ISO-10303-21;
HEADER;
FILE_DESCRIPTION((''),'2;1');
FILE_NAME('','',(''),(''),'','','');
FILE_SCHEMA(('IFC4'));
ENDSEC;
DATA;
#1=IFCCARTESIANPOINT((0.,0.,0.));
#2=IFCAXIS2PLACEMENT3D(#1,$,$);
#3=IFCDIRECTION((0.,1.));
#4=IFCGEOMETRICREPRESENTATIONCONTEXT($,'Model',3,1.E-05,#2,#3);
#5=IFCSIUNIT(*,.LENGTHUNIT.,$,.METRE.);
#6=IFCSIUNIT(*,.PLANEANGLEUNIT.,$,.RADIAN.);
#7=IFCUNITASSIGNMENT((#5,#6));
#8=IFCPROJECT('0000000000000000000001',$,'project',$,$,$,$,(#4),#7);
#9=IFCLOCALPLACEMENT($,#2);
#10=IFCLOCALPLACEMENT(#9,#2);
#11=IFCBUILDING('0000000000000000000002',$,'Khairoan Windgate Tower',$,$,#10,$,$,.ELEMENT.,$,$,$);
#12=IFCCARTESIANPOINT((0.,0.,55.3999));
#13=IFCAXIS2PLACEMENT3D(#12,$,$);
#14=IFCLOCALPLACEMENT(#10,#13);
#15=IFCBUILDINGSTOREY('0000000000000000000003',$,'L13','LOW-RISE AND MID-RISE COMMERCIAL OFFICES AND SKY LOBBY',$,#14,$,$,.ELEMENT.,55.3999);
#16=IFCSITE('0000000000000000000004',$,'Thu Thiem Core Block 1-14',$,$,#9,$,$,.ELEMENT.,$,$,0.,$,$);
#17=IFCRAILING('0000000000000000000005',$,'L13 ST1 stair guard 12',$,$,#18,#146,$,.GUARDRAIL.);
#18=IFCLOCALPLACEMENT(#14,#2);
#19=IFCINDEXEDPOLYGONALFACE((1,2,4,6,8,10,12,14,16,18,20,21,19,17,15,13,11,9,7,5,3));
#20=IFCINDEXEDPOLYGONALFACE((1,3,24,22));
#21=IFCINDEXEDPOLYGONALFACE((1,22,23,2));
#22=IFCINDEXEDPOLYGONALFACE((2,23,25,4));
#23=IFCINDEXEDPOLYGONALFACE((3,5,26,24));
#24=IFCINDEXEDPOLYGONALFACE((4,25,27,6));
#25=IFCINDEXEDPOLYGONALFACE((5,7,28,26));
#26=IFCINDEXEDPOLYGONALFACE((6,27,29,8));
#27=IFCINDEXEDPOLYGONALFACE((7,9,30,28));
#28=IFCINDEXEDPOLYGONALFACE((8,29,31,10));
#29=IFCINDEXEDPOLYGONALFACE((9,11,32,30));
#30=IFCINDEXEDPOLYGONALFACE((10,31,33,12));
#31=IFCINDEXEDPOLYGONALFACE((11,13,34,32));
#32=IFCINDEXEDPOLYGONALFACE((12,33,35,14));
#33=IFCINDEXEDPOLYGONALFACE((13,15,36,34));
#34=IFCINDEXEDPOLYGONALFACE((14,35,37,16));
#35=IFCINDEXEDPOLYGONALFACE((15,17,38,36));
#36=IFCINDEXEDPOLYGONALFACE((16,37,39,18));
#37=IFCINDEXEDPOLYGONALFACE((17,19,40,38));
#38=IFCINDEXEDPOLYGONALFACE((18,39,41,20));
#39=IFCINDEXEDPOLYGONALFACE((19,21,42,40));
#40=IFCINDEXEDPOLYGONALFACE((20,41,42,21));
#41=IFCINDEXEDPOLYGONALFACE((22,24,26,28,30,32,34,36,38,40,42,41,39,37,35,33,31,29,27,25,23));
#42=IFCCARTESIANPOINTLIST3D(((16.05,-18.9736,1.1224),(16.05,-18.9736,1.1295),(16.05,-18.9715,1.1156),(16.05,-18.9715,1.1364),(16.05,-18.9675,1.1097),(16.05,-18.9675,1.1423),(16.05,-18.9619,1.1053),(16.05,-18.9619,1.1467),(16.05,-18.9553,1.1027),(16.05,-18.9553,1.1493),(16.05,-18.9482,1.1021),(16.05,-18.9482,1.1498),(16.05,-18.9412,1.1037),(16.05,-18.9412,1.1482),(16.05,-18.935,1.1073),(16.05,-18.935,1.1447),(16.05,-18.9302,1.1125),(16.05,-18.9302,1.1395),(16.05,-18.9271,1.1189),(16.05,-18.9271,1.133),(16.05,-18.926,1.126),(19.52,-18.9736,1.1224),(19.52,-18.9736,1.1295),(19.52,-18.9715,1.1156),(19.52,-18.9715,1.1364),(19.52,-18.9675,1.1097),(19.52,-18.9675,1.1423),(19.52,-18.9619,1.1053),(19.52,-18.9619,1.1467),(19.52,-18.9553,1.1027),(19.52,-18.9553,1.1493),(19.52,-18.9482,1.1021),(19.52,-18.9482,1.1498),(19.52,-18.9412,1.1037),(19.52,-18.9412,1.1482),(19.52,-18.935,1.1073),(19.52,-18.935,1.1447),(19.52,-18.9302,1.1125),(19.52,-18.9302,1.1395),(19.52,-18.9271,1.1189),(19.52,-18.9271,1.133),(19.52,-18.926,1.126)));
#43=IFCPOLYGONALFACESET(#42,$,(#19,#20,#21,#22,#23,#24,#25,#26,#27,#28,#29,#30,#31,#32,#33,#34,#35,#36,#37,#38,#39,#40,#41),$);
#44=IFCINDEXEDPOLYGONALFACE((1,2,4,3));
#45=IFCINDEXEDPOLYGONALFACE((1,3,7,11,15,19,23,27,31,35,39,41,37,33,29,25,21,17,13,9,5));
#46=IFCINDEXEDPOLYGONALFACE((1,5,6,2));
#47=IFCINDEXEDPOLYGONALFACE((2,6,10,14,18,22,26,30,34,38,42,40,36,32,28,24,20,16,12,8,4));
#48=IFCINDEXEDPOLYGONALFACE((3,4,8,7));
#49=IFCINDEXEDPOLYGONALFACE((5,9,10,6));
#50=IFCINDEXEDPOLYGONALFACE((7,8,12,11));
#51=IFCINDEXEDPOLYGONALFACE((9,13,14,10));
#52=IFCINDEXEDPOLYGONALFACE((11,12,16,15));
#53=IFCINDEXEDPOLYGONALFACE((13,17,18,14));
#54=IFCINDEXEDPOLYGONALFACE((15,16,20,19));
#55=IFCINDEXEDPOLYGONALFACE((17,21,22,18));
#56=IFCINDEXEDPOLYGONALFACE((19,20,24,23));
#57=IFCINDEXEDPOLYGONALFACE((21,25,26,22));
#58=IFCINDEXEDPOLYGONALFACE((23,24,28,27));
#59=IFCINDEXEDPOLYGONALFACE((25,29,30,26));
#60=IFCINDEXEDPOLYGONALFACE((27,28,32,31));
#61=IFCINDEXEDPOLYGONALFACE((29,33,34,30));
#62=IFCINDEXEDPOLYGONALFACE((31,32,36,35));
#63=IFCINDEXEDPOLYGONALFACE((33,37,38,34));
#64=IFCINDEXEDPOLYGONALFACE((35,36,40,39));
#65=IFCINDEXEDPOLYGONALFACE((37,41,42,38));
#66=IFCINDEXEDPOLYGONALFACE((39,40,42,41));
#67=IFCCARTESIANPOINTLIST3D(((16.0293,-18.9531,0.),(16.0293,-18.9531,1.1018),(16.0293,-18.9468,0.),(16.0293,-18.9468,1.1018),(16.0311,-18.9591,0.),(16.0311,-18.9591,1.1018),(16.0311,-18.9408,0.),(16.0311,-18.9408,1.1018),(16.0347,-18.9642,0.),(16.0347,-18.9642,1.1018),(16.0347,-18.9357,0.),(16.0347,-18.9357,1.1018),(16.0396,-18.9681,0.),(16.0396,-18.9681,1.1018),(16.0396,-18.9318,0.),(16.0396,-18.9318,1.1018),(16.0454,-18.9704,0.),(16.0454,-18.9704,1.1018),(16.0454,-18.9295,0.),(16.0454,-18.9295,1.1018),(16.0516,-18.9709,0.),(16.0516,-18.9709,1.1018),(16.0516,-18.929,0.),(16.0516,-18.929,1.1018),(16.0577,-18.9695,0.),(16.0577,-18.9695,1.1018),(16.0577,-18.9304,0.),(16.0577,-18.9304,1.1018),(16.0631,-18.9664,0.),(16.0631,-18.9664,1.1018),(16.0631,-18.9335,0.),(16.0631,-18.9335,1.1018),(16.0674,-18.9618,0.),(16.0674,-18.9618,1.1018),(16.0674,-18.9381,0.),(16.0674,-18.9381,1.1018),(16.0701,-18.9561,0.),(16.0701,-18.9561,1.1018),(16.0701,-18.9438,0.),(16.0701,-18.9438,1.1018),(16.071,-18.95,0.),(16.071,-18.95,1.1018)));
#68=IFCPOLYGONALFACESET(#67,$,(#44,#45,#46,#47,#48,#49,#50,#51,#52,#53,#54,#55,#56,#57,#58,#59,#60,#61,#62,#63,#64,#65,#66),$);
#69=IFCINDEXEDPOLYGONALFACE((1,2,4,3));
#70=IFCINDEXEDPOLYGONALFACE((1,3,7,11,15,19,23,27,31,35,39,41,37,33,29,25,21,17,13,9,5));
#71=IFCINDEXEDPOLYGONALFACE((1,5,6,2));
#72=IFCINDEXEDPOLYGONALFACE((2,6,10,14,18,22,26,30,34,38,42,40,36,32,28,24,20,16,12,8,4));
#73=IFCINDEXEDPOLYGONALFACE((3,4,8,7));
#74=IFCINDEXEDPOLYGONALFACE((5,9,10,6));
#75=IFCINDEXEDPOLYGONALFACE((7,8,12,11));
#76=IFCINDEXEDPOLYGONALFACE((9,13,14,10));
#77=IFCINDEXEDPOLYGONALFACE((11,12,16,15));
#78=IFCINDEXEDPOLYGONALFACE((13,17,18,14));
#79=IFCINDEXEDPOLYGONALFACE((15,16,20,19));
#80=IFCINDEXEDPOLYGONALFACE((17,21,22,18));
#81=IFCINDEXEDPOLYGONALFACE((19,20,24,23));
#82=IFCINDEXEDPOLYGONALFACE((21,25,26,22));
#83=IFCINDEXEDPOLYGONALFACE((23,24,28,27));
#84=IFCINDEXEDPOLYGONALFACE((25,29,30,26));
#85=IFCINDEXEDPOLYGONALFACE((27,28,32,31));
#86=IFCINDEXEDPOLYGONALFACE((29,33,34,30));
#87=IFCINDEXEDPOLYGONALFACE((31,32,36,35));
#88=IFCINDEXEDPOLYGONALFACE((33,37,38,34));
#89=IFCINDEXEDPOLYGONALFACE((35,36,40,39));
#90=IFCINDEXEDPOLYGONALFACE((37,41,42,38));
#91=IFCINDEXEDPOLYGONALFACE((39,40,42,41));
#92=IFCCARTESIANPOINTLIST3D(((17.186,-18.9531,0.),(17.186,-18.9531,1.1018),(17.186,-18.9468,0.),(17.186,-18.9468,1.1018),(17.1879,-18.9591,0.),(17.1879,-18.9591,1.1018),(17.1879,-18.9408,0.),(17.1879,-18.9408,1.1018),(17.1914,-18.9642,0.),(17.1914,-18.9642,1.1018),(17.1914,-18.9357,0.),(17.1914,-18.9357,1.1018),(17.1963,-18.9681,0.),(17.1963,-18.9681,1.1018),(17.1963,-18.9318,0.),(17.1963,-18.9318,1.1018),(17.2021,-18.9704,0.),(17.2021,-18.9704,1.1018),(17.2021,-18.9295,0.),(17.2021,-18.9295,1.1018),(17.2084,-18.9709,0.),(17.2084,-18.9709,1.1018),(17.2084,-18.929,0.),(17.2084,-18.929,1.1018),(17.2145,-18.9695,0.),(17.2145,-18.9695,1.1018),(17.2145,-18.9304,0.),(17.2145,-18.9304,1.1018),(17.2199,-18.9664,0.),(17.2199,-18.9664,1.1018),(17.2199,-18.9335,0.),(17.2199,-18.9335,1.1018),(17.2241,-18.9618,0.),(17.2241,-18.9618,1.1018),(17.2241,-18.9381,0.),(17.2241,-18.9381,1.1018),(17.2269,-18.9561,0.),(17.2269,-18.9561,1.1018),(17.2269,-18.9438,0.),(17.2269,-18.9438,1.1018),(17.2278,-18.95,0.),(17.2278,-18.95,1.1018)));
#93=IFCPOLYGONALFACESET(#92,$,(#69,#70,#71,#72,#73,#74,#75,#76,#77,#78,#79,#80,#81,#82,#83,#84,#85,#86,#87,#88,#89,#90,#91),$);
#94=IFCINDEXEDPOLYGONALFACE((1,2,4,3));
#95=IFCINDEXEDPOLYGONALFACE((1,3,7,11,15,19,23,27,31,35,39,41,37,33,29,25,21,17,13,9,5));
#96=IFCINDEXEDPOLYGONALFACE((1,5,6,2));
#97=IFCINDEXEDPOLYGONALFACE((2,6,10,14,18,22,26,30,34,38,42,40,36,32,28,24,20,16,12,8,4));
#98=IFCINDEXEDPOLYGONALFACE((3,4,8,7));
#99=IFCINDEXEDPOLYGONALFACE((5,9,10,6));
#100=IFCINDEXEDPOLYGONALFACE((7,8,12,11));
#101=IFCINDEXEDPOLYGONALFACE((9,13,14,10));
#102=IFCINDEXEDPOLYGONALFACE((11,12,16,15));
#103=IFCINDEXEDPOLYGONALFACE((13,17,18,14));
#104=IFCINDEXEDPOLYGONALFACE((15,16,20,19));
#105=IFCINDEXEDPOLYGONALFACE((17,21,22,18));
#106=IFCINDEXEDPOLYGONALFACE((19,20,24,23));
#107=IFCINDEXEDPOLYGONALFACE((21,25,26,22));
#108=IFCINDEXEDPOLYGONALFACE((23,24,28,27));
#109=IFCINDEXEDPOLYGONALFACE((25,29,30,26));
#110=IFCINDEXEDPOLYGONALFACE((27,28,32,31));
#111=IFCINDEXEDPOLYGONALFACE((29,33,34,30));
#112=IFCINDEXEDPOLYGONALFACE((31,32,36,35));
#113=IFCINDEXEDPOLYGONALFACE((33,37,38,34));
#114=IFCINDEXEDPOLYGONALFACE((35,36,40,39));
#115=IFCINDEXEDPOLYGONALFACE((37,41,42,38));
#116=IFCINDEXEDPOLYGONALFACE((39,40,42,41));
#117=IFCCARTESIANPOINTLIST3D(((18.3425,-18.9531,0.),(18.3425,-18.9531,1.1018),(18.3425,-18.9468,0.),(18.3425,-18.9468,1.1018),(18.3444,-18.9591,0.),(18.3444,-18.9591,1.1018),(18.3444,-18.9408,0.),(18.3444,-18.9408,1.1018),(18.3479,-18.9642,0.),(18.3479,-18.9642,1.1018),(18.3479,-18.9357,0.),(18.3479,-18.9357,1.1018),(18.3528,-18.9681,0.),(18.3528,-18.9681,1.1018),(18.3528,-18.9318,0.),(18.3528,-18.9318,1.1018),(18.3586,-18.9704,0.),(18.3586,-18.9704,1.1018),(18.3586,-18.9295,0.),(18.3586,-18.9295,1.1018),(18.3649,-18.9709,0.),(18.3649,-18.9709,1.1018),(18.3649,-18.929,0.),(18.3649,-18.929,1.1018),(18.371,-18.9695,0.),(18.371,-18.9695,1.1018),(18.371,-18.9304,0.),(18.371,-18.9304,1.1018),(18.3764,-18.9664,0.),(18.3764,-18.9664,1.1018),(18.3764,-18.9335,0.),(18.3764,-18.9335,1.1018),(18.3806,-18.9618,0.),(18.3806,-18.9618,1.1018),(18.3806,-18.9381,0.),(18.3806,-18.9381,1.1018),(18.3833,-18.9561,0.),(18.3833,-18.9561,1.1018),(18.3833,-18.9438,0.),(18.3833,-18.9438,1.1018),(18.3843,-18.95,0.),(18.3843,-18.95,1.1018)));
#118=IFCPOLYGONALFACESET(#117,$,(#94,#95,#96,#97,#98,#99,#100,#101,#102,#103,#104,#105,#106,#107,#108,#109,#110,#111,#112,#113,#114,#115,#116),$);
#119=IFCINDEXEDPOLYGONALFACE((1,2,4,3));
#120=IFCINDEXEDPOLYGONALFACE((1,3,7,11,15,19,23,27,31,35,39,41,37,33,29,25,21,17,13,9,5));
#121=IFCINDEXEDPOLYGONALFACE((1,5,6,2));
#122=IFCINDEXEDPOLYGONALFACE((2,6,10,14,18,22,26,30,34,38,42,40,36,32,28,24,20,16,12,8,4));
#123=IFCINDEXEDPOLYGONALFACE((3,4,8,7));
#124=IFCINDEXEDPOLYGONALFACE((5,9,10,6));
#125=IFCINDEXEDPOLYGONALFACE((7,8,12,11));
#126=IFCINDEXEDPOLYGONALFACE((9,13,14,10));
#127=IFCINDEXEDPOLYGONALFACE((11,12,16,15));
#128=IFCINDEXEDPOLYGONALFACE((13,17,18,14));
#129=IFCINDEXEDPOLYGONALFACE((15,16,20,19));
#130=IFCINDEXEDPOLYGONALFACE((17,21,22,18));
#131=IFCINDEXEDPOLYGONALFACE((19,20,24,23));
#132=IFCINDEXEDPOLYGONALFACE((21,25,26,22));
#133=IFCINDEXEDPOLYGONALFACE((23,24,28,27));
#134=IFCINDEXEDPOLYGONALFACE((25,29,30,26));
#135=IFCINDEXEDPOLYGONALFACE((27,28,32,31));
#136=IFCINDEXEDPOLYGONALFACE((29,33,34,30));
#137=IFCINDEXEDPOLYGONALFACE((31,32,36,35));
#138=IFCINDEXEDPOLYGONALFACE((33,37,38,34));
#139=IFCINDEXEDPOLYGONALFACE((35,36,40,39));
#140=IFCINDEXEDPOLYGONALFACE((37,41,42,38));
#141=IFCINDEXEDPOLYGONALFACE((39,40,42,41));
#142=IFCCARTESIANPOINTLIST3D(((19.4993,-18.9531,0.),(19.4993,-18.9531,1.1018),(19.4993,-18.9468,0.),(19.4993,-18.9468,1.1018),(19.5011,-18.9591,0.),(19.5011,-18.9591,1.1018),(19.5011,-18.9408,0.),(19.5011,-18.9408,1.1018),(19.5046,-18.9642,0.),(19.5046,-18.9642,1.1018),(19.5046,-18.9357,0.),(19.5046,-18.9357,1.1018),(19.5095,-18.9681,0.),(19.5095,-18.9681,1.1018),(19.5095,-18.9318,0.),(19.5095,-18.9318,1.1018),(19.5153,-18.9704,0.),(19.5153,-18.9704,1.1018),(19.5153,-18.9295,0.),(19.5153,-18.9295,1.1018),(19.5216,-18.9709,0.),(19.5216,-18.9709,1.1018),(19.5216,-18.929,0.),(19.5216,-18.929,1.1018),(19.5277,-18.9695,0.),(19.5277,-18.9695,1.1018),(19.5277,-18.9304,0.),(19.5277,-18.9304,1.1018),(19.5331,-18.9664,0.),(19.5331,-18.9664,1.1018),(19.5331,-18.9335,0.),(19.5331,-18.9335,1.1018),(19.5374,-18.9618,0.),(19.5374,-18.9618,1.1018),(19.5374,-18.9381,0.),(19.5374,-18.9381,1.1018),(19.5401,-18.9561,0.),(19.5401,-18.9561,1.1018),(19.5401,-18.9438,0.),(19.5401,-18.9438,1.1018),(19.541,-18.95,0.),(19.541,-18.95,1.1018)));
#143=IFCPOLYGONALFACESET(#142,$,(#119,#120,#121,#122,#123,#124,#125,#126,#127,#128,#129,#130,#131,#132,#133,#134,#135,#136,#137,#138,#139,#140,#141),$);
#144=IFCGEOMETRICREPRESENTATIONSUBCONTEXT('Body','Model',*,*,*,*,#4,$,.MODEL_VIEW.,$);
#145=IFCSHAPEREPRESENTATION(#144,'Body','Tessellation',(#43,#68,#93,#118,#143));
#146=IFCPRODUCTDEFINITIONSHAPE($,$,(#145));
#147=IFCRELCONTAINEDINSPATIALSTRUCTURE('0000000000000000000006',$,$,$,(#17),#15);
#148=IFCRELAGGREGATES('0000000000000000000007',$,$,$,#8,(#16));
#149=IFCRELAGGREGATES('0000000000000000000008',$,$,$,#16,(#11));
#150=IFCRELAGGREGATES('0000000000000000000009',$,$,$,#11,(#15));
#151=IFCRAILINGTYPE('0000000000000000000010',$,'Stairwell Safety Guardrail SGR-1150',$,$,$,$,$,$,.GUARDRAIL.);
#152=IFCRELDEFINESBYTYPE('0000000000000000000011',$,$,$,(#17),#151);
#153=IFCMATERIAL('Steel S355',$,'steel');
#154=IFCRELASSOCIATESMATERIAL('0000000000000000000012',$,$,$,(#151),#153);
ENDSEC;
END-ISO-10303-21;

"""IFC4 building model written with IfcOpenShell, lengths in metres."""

from ifc_helpers import new_model, si_unit, direction, frame, origin, origin_2d, place, context, subcontext, project, spatial, circle, extrude, material, type_object, element, save


model = new_model("IFC4")

# Units and contexts
model_context = context("Model", 3, precision=1e-05, world=origin(), true_north=direction((0.0, 1.0)))
body_context = subcontext(model_context, "Body", "Model", "MODEL_VIEW")
ifc_project = project(units=[si_unit("LENGTHUNIT", "METRE"), si_unit("PLANEANGLEUNIT", "RADIAN")], contexts=[model_context])

# Site, building, storey
site_placement = place(None, origin())
building_placement = place(site_placement, origin())
storey_placement = place(building_placement, frame((0.0, 0.0, 55.3999)))
site = spatial("IfcSite", under=ifc_project, at=site_placement, Name="Thu Thiem Core Block 1-14", CompositionType="ELEMENT", RefElevation=0.0)
building = spatial("IfcBuilding", under=site, at=building_placement, Name="Khairoan Windgate Tower", CompositionType="ELEMENT")
storey = spatial("IfcBuildingStorey", under=building, at=storey_placement, Name="L13", Description="LOW-RISE AND MID-RISE COMMERCIAL OFFICES AND SKY LOBBY", CompositionType="ELEMENT", Elevation=55.3999)

# Railing
ifc_material_1 = material(Name="Steel S355", Category="steel")
railing_type = type_object("IfcRailingType", Name="Stairwell Safety Guardrail SGR-1150", PredefinedType="GUARDRAIL", material=ifc_material_1)
railing_placement = place(storey_placement, frame((16.05, -18.95, 0.0)))
element("IfcRailing", 1, at=railing_placement, inside=storey, type_object=railing_type, Name="L13 ST1 stair guard 12", PredefinedType="GUARDRAIL", context=body_context, shape_type="SweptSolid", body=[
    extrude(circle(Radius=0.0239, at=origin_2d()), frame((0.0, 0.0, 1.126), z_axis=(1.0, 0.0, 0.0), x_axis=(0.0, 1.0, 0.0)), (0.0, 0.0, 1.0), 3.47),
    extrude(circle(Radius=0.021, at=origin_2d()), origin(), (0.0, 0.0, 1.0), 1.1018),
    extrude(circle(Radius=0.021, at=origin_2d()), frame((1.1567, 0.0, 0.0)), (0.0, 0.0, 1.0), 1.1018),
    extrude(circle(Radius=0.021, at=origin_2d()), frame((2.3132, 0.0, 0.0)), (0.0, 0.0, 1.0), 1.1018),
    extrude(circle(Radius=0.021, at=origin_2d()), frame((3.47, 0.0, 0.0)), (0.0, 0.0, 1.0), 1.1018),
])

save(model, "model.ifc")
